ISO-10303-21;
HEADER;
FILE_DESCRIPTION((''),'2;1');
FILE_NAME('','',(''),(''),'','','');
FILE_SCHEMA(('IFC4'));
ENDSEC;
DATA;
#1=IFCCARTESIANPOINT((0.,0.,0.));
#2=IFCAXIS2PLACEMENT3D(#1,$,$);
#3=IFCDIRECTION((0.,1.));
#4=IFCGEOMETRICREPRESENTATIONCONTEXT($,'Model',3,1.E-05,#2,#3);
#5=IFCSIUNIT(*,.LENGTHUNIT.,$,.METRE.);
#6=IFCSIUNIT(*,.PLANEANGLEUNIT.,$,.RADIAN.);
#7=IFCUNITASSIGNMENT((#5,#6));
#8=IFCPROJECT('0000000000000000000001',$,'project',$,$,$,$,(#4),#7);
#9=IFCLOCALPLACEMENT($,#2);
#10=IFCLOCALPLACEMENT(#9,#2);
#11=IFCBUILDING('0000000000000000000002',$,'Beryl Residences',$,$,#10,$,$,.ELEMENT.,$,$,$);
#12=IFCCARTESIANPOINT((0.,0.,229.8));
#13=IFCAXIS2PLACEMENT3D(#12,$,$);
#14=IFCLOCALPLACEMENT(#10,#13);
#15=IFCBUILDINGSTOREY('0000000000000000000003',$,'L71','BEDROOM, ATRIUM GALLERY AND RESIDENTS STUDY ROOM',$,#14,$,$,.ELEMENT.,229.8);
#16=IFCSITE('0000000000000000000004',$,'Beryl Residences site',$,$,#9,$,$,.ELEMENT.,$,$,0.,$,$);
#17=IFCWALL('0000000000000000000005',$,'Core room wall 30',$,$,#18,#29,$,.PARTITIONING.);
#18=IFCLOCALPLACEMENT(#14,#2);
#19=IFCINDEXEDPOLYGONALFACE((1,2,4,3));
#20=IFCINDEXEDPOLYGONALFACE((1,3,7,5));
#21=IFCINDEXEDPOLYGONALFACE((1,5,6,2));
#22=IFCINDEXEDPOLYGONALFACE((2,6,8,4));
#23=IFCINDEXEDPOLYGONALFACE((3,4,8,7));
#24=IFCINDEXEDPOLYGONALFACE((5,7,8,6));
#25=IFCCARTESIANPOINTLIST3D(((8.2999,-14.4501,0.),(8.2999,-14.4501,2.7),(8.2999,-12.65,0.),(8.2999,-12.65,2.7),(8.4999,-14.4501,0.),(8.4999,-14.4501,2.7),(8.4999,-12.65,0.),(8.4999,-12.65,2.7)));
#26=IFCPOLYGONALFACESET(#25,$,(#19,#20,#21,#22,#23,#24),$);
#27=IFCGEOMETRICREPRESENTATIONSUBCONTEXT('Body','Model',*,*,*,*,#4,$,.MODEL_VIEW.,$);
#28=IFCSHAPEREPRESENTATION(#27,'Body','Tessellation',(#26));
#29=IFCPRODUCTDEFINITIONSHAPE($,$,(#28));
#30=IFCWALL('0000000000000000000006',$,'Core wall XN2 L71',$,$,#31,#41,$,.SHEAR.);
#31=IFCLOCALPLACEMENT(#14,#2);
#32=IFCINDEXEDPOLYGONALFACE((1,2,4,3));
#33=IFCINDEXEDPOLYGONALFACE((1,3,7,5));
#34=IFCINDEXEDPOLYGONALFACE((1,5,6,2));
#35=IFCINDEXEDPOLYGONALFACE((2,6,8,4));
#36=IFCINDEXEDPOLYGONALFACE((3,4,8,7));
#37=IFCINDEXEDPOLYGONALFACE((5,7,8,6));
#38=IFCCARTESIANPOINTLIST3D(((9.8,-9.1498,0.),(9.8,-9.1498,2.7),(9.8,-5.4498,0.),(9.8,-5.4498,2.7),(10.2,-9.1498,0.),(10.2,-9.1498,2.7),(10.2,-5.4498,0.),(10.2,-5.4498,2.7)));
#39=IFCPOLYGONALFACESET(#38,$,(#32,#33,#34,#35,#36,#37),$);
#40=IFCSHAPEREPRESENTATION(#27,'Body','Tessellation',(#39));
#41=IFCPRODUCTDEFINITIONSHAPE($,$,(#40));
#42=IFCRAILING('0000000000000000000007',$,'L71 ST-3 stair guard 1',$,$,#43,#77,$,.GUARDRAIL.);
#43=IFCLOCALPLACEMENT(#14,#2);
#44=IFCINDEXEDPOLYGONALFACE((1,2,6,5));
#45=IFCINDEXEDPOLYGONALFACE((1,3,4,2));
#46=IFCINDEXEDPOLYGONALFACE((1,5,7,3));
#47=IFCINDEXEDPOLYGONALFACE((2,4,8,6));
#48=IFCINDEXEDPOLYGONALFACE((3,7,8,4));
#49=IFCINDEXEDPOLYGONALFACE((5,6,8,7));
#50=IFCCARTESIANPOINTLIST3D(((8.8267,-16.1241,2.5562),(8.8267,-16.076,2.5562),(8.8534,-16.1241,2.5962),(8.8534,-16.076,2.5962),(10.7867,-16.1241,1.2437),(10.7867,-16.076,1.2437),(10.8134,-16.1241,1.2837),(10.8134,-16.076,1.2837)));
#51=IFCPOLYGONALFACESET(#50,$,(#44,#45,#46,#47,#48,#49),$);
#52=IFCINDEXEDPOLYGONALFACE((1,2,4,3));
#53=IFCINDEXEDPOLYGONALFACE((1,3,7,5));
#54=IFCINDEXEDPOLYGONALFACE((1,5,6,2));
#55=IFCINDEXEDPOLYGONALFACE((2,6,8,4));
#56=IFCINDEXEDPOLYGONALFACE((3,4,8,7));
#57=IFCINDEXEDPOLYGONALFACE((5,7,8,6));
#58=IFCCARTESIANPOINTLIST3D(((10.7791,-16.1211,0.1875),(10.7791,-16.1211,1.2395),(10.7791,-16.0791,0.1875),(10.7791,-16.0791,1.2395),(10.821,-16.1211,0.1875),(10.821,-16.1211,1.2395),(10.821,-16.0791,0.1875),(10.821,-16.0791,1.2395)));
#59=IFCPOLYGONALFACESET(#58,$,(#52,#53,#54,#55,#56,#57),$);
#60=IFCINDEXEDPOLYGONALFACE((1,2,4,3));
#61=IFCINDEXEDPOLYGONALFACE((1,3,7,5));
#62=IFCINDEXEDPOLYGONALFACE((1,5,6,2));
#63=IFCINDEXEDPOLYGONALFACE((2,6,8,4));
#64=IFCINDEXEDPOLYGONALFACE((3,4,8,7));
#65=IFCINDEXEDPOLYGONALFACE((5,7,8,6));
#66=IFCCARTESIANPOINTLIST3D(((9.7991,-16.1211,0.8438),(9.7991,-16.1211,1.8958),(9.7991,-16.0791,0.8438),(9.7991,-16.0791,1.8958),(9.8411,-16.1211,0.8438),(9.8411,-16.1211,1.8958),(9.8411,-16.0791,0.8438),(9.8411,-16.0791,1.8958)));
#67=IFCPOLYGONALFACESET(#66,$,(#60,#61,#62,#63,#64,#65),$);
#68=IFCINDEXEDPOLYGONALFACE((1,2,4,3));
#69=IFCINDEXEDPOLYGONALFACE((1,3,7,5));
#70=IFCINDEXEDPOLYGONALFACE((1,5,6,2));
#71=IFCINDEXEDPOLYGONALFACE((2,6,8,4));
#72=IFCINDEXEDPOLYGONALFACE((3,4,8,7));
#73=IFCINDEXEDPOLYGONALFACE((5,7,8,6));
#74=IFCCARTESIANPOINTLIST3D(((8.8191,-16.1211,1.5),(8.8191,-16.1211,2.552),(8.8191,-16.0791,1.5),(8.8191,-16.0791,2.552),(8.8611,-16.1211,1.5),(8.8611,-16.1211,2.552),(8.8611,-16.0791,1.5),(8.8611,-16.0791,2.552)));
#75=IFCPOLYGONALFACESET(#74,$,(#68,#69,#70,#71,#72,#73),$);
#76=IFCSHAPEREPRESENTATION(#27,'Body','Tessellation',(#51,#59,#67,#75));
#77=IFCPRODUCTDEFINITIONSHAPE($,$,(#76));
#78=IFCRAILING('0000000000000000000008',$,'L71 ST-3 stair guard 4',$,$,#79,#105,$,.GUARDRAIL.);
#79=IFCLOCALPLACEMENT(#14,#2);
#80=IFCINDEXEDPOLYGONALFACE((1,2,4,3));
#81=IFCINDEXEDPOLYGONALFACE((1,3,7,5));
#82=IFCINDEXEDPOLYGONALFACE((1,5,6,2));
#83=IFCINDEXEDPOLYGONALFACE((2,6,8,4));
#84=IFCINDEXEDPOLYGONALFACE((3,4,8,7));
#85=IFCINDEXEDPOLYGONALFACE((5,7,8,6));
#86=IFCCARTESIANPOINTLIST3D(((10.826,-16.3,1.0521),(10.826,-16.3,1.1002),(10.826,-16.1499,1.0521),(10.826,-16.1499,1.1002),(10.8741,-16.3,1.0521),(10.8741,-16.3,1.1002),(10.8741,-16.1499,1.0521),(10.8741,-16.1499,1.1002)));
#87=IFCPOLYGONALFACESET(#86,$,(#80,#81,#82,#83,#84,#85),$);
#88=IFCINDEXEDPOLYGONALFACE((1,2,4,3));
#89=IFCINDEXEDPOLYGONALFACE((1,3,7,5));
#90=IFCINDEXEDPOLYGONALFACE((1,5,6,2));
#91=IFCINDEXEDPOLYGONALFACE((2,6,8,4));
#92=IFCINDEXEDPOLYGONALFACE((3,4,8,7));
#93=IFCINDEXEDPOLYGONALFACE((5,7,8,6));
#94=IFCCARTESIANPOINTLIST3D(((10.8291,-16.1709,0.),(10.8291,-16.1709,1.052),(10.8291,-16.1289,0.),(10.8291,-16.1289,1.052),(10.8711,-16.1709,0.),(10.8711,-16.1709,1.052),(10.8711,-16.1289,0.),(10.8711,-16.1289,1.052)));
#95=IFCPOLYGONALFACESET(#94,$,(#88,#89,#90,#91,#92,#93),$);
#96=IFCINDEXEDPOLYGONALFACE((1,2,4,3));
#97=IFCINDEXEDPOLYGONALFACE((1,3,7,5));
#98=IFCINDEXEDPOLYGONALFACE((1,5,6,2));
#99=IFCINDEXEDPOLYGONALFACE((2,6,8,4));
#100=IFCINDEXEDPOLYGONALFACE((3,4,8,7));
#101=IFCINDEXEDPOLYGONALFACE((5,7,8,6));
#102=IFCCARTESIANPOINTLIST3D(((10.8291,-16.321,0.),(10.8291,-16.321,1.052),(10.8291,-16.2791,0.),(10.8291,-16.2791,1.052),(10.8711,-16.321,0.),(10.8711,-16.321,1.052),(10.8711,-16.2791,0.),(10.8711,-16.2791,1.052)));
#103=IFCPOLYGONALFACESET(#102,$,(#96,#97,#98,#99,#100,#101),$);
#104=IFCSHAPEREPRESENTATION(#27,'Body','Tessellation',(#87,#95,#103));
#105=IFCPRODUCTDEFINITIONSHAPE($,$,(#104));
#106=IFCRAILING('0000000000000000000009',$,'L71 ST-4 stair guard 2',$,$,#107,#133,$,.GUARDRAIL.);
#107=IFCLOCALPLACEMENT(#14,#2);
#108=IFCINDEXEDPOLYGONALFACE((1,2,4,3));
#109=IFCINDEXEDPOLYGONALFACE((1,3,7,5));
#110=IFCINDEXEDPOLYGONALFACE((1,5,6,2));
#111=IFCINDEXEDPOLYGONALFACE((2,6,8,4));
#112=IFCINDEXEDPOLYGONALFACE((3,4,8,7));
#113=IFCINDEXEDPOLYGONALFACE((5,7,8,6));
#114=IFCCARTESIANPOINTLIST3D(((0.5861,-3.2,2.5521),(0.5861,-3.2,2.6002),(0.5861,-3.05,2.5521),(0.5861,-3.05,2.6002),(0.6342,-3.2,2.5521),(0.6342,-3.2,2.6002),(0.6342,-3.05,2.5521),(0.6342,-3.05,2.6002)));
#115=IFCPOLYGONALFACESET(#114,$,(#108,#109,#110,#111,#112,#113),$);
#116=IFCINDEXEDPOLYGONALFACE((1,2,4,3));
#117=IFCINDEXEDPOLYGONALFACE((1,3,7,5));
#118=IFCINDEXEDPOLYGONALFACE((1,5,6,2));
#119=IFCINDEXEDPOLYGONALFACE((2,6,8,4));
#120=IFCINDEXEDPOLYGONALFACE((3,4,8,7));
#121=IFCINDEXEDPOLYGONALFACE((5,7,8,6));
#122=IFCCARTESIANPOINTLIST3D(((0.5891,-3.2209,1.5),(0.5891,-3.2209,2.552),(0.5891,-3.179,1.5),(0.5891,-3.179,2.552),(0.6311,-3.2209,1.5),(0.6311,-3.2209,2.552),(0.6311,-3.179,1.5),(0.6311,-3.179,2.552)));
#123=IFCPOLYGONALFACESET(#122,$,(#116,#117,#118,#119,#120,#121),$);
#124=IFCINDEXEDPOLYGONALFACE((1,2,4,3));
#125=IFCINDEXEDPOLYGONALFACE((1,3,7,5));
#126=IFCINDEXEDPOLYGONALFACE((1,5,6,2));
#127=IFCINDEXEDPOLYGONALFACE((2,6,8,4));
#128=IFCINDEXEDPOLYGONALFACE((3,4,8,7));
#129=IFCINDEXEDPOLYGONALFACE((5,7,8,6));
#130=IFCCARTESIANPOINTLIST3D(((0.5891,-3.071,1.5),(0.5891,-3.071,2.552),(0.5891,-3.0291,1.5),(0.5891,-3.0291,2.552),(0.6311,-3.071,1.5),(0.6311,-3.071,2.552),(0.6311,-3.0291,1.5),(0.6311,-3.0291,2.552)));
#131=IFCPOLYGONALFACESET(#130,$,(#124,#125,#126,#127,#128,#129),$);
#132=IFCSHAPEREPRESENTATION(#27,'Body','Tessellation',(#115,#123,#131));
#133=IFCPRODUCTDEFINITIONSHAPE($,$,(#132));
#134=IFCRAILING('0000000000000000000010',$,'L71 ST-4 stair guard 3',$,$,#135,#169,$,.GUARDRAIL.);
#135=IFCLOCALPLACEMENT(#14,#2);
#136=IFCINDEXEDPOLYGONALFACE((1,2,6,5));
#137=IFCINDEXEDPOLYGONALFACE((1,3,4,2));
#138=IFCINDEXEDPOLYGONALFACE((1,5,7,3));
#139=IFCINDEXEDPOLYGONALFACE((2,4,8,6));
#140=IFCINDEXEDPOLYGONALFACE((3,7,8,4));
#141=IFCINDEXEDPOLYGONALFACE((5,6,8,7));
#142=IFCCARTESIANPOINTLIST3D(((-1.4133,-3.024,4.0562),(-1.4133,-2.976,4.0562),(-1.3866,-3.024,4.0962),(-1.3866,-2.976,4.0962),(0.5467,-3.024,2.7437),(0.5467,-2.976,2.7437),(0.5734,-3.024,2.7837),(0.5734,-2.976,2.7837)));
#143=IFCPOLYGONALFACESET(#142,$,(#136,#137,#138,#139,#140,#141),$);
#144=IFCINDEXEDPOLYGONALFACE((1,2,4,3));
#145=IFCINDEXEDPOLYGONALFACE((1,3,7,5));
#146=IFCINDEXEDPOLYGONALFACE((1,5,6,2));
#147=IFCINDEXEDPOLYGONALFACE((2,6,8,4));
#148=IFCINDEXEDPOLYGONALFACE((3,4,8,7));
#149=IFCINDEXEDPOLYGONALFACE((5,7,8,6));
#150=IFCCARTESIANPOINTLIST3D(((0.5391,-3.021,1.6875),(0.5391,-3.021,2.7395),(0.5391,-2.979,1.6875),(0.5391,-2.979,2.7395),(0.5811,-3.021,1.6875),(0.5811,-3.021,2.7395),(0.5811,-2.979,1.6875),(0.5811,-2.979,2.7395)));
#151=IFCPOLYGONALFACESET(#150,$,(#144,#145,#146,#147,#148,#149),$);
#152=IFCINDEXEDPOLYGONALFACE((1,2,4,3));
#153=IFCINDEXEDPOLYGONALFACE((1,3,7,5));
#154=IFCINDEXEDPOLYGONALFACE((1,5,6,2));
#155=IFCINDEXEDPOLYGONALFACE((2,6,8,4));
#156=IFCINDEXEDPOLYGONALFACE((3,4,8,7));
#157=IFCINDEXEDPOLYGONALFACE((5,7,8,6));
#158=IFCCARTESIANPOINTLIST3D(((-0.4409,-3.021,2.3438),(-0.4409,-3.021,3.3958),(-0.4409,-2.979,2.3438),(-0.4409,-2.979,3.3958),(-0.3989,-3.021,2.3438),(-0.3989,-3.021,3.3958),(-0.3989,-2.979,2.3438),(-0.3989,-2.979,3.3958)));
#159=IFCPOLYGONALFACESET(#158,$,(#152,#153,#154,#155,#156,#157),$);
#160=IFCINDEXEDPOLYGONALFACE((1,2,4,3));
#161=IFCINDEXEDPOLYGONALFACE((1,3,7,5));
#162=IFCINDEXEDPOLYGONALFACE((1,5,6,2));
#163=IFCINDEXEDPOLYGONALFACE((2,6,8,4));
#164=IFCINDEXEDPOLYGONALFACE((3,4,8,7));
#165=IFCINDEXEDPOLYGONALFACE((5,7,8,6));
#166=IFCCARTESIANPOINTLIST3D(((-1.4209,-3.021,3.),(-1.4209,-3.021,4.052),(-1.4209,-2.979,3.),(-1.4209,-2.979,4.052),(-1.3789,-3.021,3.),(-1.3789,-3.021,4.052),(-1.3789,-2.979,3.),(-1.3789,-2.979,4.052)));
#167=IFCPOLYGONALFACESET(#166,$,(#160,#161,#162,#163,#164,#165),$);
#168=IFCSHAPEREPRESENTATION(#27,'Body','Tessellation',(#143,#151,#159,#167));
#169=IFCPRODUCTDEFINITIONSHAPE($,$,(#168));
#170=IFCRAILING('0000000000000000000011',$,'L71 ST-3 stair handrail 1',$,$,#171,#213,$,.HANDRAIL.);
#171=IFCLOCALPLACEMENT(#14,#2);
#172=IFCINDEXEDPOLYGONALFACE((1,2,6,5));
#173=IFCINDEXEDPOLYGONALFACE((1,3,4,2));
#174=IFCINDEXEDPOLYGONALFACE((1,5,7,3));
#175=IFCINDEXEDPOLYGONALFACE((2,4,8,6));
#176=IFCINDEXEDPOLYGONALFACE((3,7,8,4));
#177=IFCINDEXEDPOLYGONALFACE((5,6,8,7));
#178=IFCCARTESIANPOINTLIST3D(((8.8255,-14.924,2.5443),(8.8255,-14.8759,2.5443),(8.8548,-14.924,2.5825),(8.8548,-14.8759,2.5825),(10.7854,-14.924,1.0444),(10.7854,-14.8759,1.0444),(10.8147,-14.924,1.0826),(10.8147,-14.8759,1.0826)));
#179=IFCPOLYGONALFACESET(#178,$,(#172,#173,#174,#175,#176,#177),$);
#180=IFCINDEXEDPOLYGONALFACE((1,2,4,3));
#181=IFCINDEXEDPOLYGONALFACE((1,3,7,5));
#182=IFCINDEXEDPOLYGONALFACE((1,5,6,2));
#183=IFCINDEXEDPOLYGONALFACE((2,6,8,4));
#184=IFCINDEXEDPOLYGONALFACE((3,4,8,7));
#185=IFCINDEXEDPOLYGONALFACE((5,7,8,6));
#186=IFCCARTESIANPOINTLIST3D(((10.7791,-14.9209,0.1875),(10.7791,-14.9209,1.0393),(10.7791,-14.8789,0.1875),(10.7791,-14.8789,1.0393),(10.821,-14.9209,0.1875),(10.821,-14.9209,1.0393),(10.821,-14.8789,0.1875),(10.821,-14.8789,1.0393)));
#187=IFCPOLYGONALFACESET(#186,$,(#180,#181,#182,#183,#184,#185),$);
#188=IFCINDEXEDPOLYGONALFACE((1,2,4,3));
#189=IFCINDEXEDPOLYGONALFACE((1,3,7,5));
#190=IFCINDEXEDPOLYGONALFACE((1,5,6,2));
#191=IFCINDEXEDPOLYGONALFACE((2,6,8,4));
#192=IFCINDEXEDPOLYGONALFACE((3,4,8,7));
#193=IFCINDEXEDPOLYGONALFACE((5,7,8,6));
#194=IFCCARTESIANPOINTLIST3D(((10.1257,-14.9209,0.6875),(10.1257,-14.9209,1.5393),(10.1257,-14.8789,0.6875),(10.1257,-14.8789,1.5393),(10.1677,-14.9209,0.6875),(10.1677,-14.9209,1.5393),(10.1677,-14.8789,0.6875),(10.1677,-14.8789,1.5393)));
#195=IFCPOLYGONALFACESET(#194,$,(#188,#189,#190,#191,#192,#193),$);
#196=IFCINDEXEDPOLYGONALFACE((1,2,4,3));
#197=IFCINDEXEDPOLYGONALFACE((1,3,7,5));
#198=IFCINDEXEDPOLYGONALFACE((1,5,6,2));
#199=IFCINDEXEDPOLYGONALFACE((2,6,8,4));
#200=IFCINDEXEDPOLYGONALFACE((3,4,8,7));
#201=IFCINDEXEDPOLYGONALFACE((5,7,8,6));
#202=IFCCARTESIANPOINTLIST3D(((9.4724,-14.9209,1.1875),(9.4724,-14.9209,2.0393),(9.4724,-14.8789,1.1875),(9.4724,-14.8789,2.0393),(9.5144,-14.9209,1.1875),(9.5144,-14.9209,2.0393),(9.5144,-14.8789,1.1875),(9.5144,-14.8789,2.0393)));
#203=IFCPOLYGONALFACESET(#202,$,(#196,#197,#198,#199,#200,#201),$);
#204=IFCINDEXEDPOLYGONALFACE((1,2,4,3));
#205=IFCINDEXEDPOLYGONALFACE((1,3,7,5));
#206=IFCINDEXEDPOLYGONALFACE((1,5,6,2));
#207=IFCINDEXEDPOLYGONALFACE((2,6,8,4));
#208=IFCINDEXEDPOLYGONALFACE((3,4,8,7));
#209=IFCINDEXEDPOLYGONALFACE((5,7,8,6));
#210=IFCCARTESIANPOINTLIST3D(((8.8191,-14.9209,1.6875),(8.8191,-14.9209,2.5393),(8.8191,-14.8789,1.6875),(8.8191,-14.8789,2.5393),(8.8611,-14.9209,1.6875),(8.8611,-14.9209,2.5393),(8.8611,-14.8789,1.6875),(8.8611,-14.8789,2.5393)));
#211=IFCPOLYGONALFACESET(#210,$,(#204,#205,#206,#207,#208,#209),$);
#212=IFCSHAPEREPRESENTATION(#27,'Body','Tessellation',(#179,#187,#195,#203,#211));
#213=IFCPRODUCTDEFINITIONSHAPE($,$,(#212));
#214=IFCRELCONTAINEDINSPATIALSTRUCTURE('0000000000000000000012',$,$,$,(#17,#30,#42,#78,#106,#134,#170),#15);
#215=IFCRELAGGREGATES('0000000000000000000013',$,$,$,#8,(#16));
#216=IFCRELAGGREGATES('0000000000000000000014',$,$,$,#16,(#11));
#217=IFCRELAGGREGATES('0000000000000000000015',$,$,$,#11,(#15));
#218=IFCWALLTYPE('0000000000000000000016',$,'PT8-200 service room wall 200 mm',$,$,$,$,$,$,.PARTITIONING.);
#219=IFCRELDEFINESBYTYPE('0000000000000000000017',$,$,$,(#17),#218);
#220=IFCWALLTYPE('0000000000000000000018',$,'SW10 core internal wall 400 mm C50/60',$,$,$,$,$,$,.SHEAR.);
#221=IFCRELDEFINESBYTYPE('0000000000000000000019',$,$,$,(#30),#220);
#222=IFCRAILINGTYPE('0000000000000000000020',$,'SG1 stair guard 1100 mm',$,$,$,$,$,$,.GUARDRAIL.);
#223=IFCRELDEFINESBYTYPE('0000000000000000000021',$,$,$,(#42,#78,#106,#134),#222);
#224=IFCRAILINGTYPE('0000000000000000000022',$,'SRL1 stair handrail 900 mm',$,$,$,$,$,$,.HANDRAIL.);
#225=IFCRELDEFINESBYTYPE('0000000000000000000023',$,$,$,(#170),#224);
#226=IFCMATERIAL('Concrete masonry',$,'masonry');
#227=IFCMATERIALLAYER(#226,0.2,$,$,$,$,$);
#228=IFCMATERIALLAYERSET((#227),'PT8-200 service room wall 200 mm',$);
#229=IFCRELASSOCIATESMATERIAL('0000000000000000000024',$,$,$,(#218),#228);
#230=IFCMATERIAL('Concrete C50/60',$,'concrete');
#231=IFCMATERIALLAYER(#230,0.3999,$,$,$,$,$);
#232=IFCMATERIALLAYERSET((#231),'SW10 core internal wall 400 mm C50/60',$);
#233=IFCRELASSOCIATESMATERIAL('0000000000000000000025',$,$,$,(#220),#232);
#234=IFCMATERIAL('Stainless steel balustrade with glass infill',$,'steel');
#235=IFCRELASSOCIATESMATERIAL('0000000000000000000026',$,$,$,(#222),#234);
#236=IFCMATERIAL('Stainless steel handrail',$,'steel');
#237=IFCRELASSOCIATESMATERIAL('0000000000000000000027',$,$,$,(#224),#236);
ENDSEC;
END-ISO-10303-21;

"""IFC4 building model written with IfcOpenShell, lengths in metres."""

from ifc_helpers import new_model, si_unit, direction, frame, frame_2d, origin, origin_2d, place, context, subcontext, project, spatial, rectangle, extrude, material, layer, layer_set, type_object, element, save


model = new_model("IFC4")

# Units and contexts
model_context = context("Model", 3, precision=1e-05, world=origin(), true_north=direction((0.0, 1.0)))
body_context = subcontext(model_context, "Body", "Model", "MODEL_VIEW")
ifc_project = project(units=[si_unit("LENGTHUNIT", "METRE"), si_unit("PLANEANGLEUNIT", "RADIAN")], contexts=[model_context])

# Site, building, storey
site_placement = place(None, origin())
site = spatial("IfcSite", under=ifc_project, at=site_placement, Name="Beryl Residences site", CompositionType="ELEMENT", RefElevation=0.0)
building_placement = place(site_placement, origin())
building = spatial("IfcBuilding", under=site, at=building_placement, Name="Beryl Residences", CompositionType="ELEMENT")
storey_placement = place(building_placement, frame((0.0, 0.0, 229.8)))
storey = spatial("IfcBuildingStorey", under=building, at=storey_placement, Name="L71", Description="BEDROOM, ATRIUM GALLERY AND RESIDENTS STUDY ROOM", CompositionType="ELEMENT", Elevation=229.8)

# Walls
ifc_material_1 = material(Name="Concrete masonry", Category="masonry")
ifc_layer_1 = layer(ifc_material_1, 0.2)
ifc_layer_set_1 = layer_set([ifc_layer_1], Name="PT8-200 service room wall 200 mm")
wall_type_1 = type_object("IfcWallType", Name="PT8-200 service room wall 200 mm", PredefinedType="PARTITIONING", material=ifc_layer_set_1)
wall_1_placement = place(storey_placement, frame((8.3999, -14.45, 0.0), z_axis=(0.0, 0.0, 1.0), x_axis=(0.0, 1.0, 0.0)))
element("IfcWall", 1, at=wall_1_placement, inside=storey, type_object=wall_type_1, Name="Core room wall 30", PredefinedType="PARTITIONING", context=body_context, shape_type="SweptSolid", body=[
    extrude(rectangle(XDim=1.8, YDim=0.2, at=frame_2d((0.8999, 0.0))), origin(), (0.0, 0.0, 1.0), 2.7),
])
ifc_material_2 = material(Name="Concrete C50/60", Category="concrete")
ifc_layer_2 = layer(ifc_material_2, 0.3999)
ifc_layer_set_2 = layer_set([ifc_layer_2], Name="SW10 core internal wall 400 mm C50/60")
wall_type_2 = type_object("IfcWallType", Name="SW10 core internal wall 400 mm C50/60", PredefinedType="SHEAR", material=ifc_layer_set_2)
wall_2_placement = place(storey_placement, frame((10.0, -9.1499, 0.0), z_axis=(0.0, 0.0, 1.0), x_axis=(0.0, 1.0, 0.0)))
element("IfcWall", 2, at=wall_2_placement, inside=storey, type_object=wall_type_2, Name="Core wall XN2 L71", PredefinedType="SHEAR", context=body_context, shape_type="SweptSolid", body=[
    extrude(rectangle(XDim=3.7, YDim=0.3999, at=frame_2d((1.8501, 0.0))), origin(), (0.0, 0.0, 1.0), 2.7),
])

# Railings
ifc_material_3 = material(Name="Stainless steel balustrade with glass infill", Category="steel")
railing_type_1 = type_object("IfcRailingType", Name="SG1 stair guard 1100 mm", PredefinedType="GUARDRAIL", material=ifc_material_3)
railing_1_placement = place(storey_placement, frame((10.8, -16.1001, 0.1875)))
element("IfcRailing", 3, at=railing_1_placement, inside=storey, type_object=railing_type_1, Name="L71 ST-3 stair guard 1", PredefinedType="GUARDRAIL", context=body_context, shape_type="SweptSolid", body=[
    extrude(rectangle(XDim=0.0481, YDim=0.0481, at=origin_2d()), frame((0.0, 0.0, 1.0762), z_axis=(-0.830902, 0.0, 0.556419), x_axis=(0.0, -1.0, 0.0)), (0.0, 0.0, 1.0), 2.3589),
    extrude(rectangle(XDim=0.042, YDim=0.042, at=origin_2d()), origin(), (0.0, 0.0, 1.0), 1.052),
    extrude(rectangle(XDim=0.042, YDim=0.042, at=origin_2d()), frame((-0.98, 0.0, 0.6562)), (0.0, 0.0, 1.0), 1.052),
    extrude(rectangle(XDim=0.042, YDim=0.042, at=origin_2d()), frame((-1.96, 0.0, 1.3125)), (0.0, 0.0, 1.0), 1.052),
])
railing_2_placement = place(storey_placement, frame((10.8501, -16.1499, 0.0)))
element("IfcRailing", 4, at=railing_2_placement, inside=storey, type_object=railing_type_1, Name="L71 ST-3 stair guard 4", PredefinedType="GUARDRAIL", context=body_context, shape_type="SweptSolid", body=[
    extrude(rectangle(XDim=0.0481, YDim=0.0481, at=origin_2d()), frame((0.0, 0.0, 1.0762), z_axis=(0.0, -1.0, 0.0), x_axis=(1.0, 0.0, 0.0)), (0.0, 0.0, 1.0), 0.1501),
    extrude(rectangle(XDim=0.042, YDim=0.042, at=origin_2d()), origin(), (0.0, 0.0, 1.0), 1.052),
    extrude(rectangle(XDim=0.042, YDim=0.042, at=origin_2d()), frame((0.0, -0.1501, 0.0)), (0.0, 0.0, 1.0), 1.052),
])
railing_3_placement = place(storey_placement, frame((0.6101, -3.2, 1.5)))
element("IfcRailing", 5, at=railing_3_placement, inside=storey, type_object=railing_type_1, Name="L71 ST-4 stair guard 2", PredefinedType="GUARDRAIL", context=body_context, shape_type="SweptSolid", body=[
    extrude(rectangle(XDim=0.0481, YDim=0.0481, at=origin_2d()), frame((0.0, 0.0, 1.0762), z_axis=(0.0, 1.0, 0.0), x_axis=(-1.0, 0.0, 0.0)), (0.0, 0.0, 1.0), 0.1499),
    extrude(rectangle(XDim=0.042, YDim=0.042, at=origin_2d()), origin(), (0.0, 0.0, 1.0), 1.052),
    extrude(rectangle(XDim=0.042, YDim=0.042, at=origin_2d()), frame((0.0, 0.1499, 0.0)), (0.0, 0.0, 1.0), 1.052),
])
railing_4_placement = place(storey_placement, frame((0.5601, -3.0, 1.6875)))
element("IfcRailing", 6, at=railing_4_placement, inside=storey, type_object=railing_type_1, Name="L71 ST-4 stair guard 3", PredefinedType="GUARDRAIL", context=body_context, shape_type="SweptSolid", body=[
    extrude(rectangle(XDim=0.0481, YDim=0.0481, at=origin_2d()), frame((0.0, 0.0, 1.0762), z_axis=(-0.830902, 0.0, 0.556419), x_axis=(0.0, -1.0, 0.0)), (0.0, 0.0, 1.0), 2.3589),
    extrude(rectangle(XDim=0.042, YDim=0.042, at=origin_2d()), origin(), (0.0, 0.0, 1.0), 1.052),
    extrude(rectangle(XDim=0.042, YDim=0.042, at=origin_2d()), frame((-0.98, 0.0, 0.6562)), (0.0, 0.0, 1.0), 1.052),
    extrude(rectangle(XDim=0.042, YDim=0.042, at=origin_2d()), frame((-1.96, 0.0, 1.3125)), (0.0, 0.0, 1.0), 1.052),
])
ifc_material_4 = material(Name="Stainless steel handrail", Category="steel")
railing_type_2 = type_object("IfcRailingType", Name="SRL1 stair handrail 900 mm", PredefinedType="HANDRAIL", material=ifc_material_4)
for number, where, name in (
    (7, (10.8, -14.8999, 0.1875), "L71 ST-3 stair handrail 1"),
):
    element("IfcRailing", number, at=place(storey_placement, frame(where)), inside=storey, type_object=railing_type_2, Name=name, PredefinedType="HANDRAIL", context=body_context, shape_type="SweptSolid", body=[
        extrude(rectangle(XDim=0.0481, YDim=0.0481, at=origin_2d()), frame((0.0, 0.0, 0.876), z_axis=(-0.794122, 0.0, 0.607758), x_axis=(0.0, -1.0, 0.0)), (0.0, 0.0, 1.0), 2.468),
        extrude(rectangle(XDim=0.042, YDim=0.042, at=origin_2d()), origin(), (0.0, 0.0, 1.0), 0.8518),
        extrude(rectangle(XDim=0.042, YDim=0.042, at=origin_2d()), frame((-0.6533, 0.0, 0.5)), (0.0, 0.0, 1.0), 0.8518),
        extrude(rectangle(XDim=0.042, YDim=0.042, at=origin_2d()), frame((-1.3066, 0.0, 1.0)), (0.0, 0.0, 1.0), 0.8518),
        extrude(rectangle(XDim=0.042, YDim=0.042, at=origin_2d()), frame((-1.96, 0.0, 1.5)), (0.0, 0.0, 1.0), 0.8518),
    ])

save(model, "model.ifc")
